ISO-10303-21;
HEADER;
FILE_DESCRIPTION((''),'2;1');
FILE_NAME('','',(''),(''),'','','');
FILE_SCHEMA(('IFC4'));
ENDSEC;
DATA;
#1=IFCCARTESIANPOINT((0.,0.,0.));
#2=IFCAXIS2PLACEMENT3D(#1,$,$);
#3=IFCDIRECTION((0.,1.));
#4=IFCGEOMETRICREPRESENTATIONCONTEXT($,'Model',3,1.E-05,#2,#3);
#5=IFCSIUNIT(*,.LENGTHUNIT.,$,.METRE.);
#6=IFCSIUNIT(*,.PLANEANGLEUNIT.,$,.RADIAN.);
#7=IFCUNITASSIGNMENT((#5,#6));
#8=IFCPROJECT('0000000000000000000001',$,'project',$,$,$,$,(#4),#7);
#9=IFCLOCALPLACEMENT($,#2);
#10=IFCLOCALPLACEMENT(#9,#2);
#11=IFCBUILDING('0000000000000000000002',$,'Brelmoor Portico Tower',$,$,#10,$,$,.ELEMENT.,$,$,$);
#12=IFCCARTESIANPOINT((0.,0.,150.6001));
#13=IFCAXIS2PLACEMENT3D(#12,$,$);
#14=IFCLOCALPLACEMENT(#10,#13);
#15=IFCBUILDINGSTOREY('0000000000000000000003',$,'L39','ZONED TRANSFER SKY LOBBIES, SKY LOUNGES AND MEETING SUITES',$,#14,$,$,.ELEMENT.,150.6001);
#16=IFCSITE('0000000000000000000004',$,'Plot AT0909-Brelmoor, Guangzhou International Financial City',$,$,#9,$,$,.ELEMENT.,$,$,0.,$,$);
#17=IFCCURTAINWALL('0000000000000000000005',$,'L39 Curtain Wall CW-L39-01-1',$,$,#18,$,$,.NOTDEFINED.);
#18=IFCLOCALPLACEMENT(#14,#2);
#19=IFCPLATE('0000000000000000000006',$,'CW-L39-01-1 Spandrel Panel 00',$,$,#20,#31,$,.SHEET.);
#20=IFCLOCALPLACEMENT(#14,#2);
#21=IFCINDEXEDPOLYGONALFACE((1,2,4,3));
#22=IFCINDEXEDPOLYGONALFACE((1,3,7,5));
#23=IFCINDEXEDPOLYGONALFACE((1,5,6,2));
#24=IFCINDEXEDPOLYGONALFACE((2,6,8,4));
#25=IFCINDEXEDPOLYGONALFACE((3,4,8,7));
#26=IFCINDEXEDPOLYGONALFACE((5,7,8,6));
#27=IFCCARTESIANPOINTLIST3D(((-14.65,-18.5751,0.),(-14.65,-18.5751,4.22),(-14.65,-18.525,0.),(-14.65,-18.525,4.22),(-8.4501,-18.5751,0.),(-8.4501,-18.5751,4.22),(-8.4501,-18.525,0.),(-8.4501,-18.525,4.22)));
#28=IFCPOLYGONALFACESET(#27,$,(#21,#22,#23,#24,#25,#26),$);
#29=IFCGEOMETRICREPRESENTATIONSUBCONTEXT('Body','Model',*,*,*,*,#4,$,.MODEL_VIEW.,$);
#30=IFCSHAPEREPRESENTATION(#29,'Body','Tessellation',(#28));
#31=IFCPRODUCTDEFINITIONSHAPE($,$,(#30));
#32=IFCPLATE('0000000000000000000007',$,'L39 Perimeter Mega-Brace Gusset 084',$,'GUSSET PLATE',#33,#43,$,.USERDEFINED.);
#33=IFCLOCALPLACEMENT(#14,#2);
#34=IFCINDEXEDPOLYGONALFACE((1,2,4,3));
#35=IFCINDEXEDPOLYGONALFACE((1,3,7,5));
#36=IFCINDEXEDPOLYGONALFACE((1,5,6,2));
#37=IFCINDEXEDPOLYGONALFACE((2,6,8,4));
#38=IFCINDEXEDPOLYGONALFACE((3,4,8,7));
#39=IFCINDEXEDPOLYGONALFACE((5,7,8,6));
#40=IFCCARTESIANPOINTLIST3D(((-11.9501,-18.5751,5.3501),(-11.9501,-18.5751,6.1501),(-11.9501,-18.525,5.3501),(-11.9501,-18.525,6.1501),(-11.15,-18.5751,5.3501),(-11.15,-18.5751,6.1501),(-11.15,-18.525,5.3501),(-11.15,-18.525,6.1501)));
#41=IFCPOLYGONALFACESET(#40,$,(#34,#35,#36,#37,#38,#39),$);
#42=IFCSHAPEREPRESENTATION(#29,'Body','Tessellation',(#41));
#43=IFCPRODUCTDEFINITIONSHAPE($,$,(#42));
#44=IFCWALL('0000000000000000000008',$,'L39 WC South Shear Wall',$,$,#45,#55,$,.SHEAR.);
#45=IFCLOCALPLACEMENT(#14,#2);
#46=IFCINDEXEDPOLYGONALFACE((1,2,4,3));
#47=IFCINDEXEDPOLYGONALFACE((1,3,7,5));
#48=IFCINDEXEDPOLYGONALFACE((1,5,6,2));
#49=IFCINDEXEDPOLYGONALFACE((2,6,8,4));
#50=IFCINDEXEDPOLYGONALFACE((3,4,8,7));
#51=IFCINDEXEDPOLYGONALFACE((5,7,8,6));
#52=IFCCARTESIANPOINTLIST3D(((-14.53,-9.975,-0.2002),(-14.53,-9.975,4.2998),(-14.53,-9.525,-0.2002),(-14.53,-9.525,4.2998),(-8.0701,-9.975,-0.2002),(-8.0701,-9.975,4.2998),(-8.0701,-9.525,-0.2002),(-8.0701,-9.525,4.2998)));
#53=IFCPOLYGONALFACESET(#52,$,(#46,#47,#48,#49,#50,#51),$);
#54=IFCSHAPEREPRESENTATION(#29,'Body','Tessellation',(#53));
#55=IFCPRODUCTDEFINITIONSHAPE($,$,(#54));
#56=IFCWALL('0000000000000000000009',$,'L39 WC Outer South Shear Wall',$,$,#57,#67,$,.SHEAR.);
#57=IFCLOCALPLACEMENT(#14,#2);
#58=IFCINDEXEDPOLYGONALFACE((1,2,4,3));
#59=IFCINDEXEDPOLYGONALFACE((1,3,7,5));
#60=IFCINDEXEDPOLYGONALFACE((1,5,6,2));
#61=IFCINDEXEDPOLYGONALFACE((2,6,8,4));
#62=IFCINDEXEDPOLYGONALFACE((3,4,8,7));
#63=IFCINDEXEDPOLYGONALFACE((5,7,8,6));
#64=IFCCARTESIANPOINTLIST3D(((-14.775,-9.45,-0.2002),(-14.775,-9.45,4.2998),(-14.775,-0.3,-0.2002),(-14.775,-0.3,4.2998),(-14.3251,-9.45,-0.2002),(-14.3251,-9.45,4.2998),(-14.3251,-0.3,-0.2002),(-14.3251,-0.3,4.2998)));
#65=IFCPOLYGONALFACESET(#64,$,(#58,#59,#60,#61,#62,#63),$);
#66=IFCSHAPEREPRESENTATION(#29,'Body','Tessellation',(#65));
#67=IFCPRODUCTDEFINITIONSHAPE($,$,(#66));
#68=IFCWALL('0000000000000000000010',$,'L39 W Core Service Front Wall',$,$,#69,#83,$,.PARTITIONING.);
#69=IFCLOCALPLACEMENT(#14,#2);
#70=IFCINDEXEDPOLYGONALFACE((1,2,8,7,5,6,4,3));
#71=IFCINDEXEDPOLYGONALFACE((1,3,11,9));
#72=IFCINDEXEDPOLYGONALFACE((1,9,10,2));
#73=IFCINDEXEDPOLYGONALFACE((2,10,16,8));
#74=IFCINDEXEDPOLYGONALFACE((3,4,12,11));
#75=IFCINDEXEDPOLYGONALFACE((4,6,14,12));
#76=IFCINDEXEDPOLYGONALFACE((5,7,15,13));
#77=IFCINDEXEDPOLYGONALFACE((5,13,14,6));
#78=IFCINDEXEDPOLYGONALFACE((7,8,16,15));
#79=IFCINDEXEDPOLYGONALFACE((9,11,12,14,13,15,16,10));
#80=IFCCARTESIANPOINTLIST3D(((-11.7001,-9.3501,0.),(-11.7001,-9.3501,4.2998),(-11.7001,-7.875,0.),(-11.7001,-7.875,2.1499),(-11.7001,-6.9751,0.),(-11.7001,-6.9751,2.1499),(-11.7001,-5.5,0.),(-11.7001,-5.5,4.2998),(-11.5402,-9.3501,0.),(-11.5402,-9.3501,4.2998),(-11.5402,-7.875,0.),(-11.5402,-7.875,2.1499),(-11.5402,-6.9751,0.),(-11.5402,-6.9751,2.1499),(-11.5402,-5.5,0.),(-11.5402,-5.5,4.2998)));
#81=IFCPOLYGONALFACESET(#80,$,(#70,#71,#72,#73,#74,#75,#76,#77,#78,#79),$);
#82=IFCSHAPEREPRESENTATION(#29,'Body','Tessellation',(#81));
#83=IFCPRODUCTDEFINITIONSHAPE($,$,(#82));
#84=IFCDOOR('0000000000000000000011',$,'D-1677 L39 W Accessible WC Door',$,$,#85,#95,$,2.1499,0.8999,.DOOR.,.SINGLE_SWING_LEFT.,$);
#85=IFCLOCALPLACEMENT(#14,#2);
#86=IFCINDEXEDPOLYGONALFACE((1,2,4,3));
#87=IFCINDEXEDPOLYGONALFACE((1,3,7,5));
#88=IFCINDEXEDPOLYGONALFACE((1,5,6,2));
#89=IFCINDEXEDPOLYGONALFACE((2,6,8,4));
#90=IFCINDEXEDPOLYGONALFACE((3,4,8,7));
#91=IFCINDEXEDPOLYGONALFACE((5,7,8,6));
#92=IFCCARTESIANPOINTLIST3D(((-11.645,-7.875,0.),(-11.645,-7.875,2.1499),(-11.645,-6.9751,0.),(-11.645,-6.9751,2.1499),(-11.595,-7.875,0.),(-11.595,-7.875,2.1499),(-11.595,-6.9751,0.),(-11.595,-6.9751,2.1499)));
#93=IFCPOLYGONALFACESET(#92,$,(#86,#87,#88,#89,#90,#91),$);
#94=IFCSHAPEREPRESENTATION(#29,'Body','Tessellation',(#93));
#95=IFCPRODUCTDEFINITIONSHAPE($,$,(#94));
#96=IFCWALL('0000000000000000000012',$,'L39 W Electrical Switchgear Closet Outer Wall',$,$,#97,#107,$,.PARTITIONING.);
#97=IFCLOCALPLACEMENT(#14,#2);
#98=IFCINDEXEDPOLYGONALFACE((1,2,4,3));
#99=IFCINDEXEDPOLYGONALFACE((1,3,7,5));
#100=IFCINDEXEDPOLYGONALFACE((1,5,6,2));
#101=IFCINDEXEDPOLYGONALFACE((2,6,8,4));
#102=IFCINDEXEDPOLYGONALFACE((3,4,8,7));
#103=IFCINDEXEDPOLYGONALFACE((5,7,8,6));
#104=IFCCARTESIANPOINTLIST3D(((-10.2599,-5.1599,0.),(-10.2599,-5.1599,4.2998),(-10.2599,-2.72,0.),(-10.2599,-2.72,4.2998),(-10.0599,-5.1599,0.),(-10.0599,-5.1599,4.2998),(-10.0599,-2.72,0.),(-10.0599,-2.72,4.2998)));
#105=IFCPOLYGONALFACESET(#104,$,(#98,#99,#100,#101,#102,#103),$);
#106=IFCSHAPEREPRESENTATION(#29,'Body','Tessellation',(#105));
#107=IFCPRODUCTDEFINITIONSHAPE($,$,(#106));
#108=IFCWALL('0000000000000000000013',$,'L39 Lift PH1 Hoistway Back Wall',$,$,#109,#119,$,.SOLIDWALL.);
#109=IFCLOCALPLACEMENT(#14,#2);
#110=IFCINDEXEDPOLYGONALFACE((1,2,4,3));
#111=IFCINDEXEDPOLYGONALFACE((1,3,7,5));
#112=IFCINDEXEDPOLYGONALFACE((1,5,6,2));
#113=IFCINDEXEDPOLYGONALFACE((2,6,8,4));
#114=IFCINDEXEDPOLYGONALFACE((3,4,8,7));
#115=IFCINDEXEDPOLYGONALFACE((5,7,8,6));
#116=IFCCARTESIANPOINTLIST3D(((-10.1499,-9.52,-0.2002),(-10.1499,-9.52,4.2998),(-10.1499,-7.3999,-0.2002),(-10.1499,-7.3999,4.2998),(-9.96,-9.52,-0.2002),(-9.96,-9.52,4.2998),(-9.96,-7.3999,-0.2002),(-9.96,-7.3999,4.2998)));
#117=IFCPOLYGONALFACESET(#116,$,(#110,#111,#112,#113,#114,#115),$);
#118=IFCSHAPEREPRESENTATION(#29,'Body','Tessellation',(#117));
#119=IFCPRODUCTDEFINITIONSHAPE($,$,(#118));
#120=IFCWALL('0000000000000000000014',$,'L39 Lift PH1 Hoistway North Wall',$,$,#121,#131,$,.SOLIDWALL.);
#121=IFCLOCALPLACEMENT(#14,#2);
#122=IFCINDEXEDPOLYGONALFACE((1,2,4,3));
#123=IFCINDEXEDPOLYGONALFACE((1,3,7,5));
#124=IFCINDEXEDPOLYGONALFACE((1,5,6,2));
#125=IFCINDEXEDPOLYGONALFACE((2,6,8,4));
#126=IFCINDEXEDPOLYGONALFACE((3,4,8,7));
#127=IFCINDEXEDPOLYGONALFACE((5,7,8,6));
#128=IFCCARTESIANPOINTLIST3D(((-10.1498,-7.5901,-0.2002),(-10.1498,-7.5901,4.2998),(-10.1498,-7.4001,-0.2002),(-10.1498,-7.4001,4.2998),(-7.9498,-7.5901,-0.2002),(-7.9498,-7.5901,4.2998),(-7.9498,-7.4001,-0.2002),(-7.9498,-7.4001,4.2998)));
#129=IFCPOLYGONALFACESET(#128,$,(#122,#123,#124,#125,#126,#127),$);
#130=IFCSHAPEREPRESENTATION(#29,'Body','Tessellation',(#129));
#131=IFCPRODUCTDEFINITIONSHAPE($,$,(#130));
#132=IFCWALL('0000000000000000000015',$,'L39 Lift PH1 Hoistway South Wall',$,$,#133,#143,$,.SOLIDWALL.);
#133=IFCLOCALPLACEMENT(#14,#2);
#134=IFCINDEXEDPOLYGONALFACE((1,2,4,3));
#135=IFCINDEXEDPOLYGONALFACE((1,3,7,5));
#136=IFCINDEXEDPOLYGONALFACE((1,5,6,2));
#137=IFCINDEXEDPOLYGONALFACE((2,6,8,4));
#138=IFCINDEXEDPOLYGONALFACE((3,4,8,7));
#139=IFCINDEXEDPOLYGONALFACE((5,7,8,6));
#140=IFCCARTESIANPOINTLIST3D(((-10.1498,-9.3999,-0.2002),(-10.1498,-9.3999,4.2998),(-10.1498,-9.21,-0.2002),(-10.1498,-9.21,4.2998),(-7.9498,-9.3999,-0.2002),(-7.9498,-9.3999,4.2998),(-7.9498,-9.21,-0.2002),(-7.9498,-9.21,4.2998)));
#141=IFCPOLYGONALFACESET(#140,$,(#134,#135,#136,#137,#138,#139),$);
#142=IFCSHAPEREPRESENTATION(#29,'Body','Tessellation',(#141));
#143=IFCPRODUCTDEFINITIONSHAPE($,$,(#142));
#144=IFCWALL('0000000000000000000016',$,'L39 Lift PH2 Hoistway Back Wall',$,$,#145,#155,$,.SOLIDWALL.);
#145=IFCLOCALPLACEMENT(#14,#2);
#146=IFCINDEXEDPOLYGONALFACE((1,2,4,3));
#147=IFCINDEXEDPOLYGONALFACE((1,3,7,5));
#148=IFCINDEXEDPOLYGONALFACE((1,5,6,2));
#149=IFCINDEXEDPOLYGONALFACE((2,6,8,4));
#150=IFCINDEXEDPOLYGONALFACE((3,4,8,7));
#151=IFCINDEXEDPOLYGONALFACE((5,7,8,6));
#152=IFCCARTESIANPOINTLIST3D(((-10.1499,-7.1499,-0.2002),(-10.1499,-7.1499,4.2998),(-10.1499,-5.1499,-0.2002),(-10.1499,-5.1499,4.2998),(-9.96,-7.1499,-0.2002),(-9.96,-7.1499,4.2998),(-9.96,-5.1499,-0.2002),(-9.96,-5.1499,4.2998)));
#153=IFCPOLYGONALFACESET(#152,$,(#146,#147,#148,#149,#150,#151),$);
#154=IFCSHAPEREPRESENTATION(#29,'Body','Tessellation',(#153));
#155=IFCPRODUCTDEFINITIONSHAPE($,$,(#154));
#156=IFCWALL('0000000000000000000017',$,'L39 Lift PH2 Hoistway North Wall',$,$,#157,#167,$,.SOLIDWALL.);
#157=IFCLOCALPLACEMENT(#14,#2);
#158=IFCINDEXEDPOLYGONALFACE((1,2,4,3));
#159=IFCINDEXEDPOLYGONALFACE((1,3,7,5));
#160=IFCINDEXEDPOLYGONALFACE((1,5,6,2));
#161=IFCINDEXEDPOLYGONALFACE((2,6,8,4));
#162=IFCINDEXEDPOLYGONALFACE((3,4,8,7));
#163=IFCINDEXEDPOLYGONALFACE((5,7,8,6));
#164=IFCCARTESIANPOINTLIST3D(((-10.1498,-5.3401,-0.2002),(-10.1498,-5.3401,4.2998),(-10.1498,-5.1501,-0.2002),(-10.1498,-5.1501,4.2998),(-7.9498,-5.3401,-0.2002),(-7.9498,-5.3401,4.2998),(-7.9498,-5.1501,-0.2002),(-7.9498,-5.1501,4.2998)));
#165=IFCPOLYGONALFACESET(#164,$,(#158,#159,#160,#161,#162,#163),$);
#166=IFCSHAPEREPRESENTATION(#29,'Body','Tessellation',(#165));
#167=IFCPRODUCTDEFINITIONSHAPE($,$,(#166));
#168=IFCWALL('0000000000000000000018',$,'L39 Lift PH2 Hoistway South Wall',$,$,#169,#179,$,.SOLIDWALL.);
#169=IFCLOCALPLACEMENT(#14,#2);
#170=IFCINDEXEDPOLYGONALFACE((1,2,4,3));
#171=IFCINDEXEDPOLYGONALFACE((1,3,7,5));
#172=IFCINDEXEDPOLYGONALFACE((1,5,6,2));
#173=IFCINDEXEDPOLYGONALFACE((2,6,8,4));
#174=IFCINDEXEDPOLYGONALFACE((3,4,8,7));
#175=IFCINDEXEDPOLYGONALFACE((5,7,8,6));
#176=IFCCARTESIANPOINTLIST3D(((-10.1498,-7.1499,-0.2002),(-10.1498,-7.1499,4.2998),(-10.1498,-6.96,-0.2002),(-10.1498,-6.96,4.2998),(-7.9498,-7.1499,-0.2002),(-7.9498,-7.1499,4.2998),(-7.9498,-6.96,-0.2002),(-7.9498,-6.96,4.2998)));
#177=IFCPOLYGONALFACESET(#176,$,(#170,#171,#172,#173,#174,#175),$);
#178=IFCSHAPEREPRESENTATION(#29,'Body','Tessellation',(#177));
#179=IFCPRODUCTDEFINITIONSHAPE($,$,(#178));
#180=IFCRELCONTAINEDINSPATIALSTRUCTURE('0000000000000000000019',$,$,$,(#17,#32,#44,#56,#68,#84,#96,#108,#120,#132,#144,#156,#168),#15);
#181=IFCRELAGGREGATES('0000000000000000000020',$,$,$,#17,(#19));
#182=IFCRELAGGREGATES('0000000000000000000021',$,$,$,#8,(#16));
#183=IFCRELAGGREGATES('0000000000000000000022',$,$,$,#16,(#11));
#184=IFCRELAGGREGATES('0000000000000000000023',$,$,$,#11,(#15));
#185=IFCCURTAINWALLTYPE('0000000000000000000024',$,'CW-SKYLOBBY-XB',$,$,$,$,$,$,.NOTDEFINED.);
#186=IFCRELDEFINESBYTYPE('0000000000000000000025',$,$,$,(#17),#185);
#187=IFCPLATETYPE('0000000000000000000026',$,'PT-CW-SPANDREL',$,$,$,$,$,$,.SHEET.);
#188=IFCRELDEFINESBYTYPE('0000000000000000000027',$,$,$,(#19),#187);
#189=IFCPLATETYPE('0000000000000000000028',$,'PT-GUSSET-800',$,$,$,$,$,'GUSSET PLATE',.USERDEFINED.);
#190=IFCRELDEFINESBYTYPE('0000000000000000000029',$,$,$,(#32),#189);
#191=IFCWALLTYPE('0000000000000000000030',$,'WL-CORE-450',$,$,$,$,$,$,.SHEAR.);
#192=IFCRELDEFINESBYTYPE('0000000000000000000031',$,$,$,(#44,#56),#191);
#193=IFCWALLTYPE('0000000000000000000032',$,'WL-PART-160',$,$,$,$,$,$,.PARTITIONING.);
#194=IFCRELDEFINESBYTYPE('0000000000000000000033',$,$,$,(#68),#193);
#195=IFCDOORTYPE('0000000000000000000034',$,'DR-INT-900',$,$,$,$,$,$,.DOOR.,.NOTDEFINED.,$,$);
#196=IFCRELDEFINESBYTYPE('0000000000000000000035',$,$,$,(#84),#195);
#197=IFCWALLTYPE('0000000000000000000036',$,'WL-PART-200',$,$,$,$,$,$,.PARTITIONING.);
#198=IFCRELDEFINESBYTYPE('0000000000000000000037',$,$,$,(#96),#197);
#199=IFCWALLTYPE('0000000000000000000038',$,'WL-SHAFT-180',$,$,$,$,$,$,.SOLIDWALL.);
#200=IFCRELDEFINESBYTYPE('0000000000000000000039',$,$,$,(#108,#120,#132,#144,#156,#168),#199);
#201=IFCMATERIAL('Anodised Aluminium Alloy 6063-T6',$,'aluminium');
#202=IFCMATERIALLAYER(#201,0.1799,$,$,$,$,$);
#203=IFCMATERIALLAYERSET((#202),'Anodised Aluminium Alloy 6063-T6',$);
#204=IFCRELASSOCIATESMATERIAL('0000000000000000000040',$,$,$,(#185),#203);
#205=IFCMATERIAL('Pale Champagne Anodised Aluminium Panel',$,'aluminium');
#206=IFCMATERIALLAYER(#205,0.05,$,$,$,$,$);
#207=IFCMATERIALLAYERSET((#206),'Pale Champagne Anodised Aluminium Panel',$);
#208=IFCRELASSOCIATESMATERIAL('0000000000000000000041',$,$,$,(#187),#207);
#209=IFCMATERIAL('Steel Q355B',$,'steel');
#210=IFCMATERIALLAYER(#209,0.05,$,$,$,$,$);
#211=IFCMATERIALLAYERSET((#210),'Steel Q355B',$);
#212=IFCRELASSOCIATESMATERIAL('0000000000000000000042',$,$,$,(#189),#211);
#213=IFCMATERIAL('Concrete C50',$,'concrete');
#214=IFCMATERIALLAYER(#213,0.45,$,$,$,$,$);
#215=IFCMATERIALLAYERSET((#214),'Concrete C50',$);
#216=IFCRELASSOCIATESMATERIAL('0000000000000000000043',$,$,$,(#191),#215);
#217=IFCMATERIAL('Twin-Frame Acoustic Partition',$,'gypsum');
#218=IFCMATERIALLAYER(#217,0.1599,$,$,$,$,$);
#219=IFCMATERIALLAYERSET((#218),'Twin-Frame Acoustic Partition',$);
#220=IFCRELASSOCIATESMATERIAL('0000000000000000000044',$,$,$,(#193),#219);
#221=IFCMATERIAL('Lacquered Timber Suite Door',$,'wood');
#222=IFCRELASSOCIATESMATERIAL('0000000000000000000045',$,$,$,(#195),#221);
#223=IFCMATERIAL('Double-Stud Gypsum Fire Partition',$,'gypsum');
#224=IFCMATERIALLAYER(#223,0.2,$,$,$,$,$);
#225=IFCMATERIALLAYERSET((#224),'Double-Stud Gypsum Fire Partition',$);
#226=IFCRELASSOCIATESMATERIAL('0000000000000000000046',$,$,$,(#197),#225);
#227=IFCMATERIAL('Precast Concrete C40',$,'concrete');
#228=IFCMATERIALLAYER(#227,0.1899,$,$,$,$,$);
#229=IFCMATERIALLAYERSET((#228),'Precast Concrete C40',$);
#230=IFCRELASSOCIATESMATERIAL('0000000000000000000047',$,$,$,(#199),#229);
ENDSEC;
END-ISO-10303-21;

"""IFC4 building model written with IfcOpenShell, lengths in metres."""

from ifc_helpers import new_model, si_unit, direction, frame, frame_2d, origin, origin_2d, place, context, subcontext, project, spatial, rectangle, extrude, material, layer, layer_set, type_object, element, fill, aggregate, save


model = new_model("IFC4")

# Units and contexts
model_context = context("Model", 3, precision=1e-05, world=origin(), true_north=direction((0.0, 1.0)))
body_context = subcontext(model_context, "Body", "Model", "MODEL_VIEW")
ifc_project = project(units=[si_unit("LENGTHUNIT", "METRE"), si_unit("PLANEANGLEUNIT", "RADIAN")], contexts=[model_context])

# Site, building, storey
site_placement = place(None, origin())
site = spatial("IfcSite", under=ifc_project, at=site_placement, Name="Plot AT0909-Brelmoor, Guangzhou International Financial City", CompositionType="ELEMENT", RefElevation=0.0)
building_placement = place(site_placement, origin())
building = spatial("IfcBuilding", under=site, at=building_placement, Name="Brelmoor Portico Tower", CompositionType="ELEMENT")
storey_placement = place(building_placement, frame((0.0, 0.0, 150.6001)))
storey = spatial("IfcBuildingStorey", under=building, at=storey_placement, Name="L39", Description="ZONED TRANSFER SKY LOBBIES, SKY LOUNGES AND MEETING SUITES", CompositionType="ELEMENT", Elevation=150.6001)

# Shared definitions
ifc_material_1 = material(Name="Steel Q355B", Category="steel")

# Curtain wall, plate
ifc_material_2 = material(Name="Anodised Aluminium Alloy 6063-T6", Category="aluminium")
ifc_layer_1 = layer(ifc_material_2, 0.1799)
ifc_layer_set_1 = layer_set([ifc_layer_1], Name="Anodised Aluminium Alloy 6063-T6")
curtain_wall_type = type_object("IfcCurtainWallType", Name="CW-SKYLOBBY-XB", PredefinedType="NOTDEFINED", material=ifc_layer_set_1)
curtain_wall_placement = place(storey_placement, origin())
curtain_wall = element("IfcCurtainWall", 1, at=curtain_wall_placement, inside=storey, type_object=curtain_wall_type, Name="L39 Curtain Wall CW-L39-01-1", PredefinedType="NOTDEFINED")
ifc_material_3 = material(Name="Pale Champagne Anodised Aluminium Panel", Category="aluminium")
ifc_layer_2 = layer(ifc_material_3, 0.05)
ifc_layer_set_2 = layer_set([ifc_layer_2], Name="Pale Champagne Anodised Aluminium Panel")
plate_type_1 = type_object("IfcPlateType", Name="PT-CW-SPANDREL", PredefinedType="SHEET", material=ifc_layer_set_2)
plate_1_placement = place(storey_placement, frame((-11.55, -18.55, 0.0), z_axis=(0.0, 0.0, 1.0), x_axis=(1.0, 0.0, 0.0)))
plate_1 = element("IfcPlate", 2, at=plate_1_placement, type_object=plate_type_1, Name="CW-L39-01-1 Spandrel Panel 00", PredefinedType="SHEET", context=body_context, shape_type="SweptSolid", body=[
    extrude(rectangle(XDim=6.2, YDim=0.05, at=origin_2d()), origin(), (0.0, 0.0, 1.0), 4.22),
])
aggregate(curtain_wall, [plate_1])

# Plate
ifc_layer_3 = layer(ifc_material_1, 0.05)
ifc_layer_set_3 = layer_set([ifc_layer_3], Name="Steel Q355B")
plate_type_2 = type_object("IfcPlateType", Name="PT-GUSSET-800", ElementType="GUSSET PLATE", PredefinedType="USERDEFINED", material=ifc_layer_set_3)
plate_2_placement = place(storey_placement, frame((-11.55, -18.55, 5.3501), z_axis=(0.0, 0.0, 1.0), x_axis=(1.0, 0.0, 0.0)))
element("IfcPlate", 3, at=plate_2_placement, inside=storey, type_object=plate_type_2, Name="L39 Perimeter Mega-Brace Gusset 084", ObjectType="GUSSET PLATE", PredefinedType="USERDEFINED", context=body_context, shape_type="SweptSolid", body=[
    extrude(rectangle(XDim=0.8, YDim=0.05, at=origin_2d()), origin(), (0.0, 0.0, 1.0), 0.8),
])

# Walls
ifc_material_4 = material(Name="Concrete C50", Category="concrete")
ifc_layer_4 = layer(ifc_material_4, 0.45)
ifc_layer_set_4 = layer_set([ifc_layer_4], Name="Concrete C50")
wall_type_1 = type_object("IfcWallType", Name="WL-CORE-450", PredefinedType="SHEAR", material=ifc_layer_set_4)
wall_1_placement = place(storey_placement, frame((-14.53, -9.75, -0.2002), z_axis=(0.0, 0.0, 1.0), x_axis=(1.0, 0.0, 0.0)))
element("IfcWall", 4, at=wall_1_placement, inside=storey, type_object=wall_type_1, Name="L39 WC South Shear Wall", PredefinedType="SHEAR", context=body_context, shape_type="SweptSolid", body=[
    extrude(rectangle(XDim=6.46, YDim=0.45, at=frame_2d((3.23, 0.0))), origin(), (0.0, 0.0, 1.0), 4.5),
])
wall_2_placement = place(storey_placement, frame((-14.55, -9.45, -0.2002), z_axis=(0.0, 0.0, 1.0), x_axis=(0.0, 1.0, 0.0)))
element("IfcWall", 5, at=wall_2_placement, inside=storey, type_object=wall_type_1, Name="L39 WC Outer South Shear Wall", PredefinedType="SHEAR", context=body_context, shape_type="SweptSolid", body=[
    extrude(rectangle(XDim=9.1499, YDim=0.45, at=frame_2d((4.575, 0.0))), origin(), (0.0, 0.0, 1.0), 4.5),
])

# Wall, opening, door
ifc_material_5 = material(Name="Twin-Frame Acoustic Partition", Category="gypsum")
ifc_layer_5 = layer(ifc_material_5, 0.1599)
ifc_layer_set_5 = layer_set([ifc_layer_5], Name="Twin-Frame Acoustic Partition")
wall_type_2 = type_object("IfcWallType", Name="WL-PART-160", PredefinedType="PARTITIONING", material=ifc_layer_set_5)
wall_3_placement = place(storey_placement, frame((-11.6201, -9.3501, 0.0), z_axis=(0.0, 0.0, 1.0), x_axis=(0.0, 1.0, 0.0)))
wall_3 = element("IfcWall", 6, at=wall_3_placement, inside=storey, type_object=wall_type_2, Name="L39 W Core Service Front Wall", PredefinedType="PARTITIONING", context=body_context, shape_type="SweptSolid", body=[
    extrude(rectangle(XDim=3.8501, YDim=0.1599, at=frame_2d((1.925, 0.0))), origin(), (0.0, 0.0, 1.0), 4.2998),
])
opening_placement = place(wall_3_placement, frame((1.4751, 0.0, 0.0)))
opening = element("IfcOpeningElement", 7, at=opening_placement, cuts=wall_3, PredefinedType="OPENING", context=body_context, shape_type="SweptSolid", body=[
    extrude(rectangle(XDim=0.8999, YDim=2.1499, at=frame_2d((0.45, 1.075))), frame((0.0, 0.0898, 0.0), z_axis=(0.0, -1.0, 0.0), x_axis=(1.0, 0.0, 0.0)), (0.0, 0.0, 1.0), 0.1799),
])
ifc_material_6 = material(Name="Lacquered Timber Suite Door", Category="wood")
door_type = type_object("IfcDoorType", Name="DR-INT-900", OperationType="NOTDEFINED", PredefinedType="DOOR", material=ifc_material_6)
door_placement = place(opening_placement, origin())
door = element("IfcDoor", 8, at=door_placement, inside=storey, type_object=door_type, Name="D-1677 L39 W Accessible WC Door", OperationType="SINGLE_SWING_LEFT", OverallHeight=2.1499, OverallWidth=0.8999, PredefinedType="DOOR", context=body_context, shape_type="SweptSolid", body=[
    extrude(rectangle(XDim=0.8999, YDim=2.1499, at=frame_2d((0.45, 1.075))), frame((0.0, 0.0249, 0.0), z_axis=(0.0, -1.0, 0.0), x_axis=(1.0, 0.0, 0.0)), (0.0, 0.0, 1.0), 0.05),
])
fill(opening, door)

# Walls
ifc_material_7 = material(Name="Double-Stud Gypsum Fire Partition", Category="gypsum")
ifc_layer_6 = layer(ifc_material_7, 0.2)
ifc_layer_set_6 = layer_set([ifc_layer_6], Name="Double-Stud Gypsum Fire Partition")
wall_type_3 = type_object("IfcWallType", Name="WL-PART-200", PredefinedType="PARTITIONING", material=ifc_layer_set_6)
wall_4_placement = place(storey_placement, frame((-10.1599, -5.1599, 0.0), z_axis=(0.0, 0.0, 1.0), x_axis=(0.0, 1.0, 0.0)))
element("IfcWall", 9, at=wall_4_placement, inside=storey, type_object=wall_type_3, Name="L39 W Electrical Switchgear Closet Outer Wall", PredefinedType="PARTITIONING", context=body_context, shape_type="SweptSolid", body=[
    extrude(rectangle(XDim=2.4399, YDim=0.2, at=frame_2d((1.22, 0.0))), origin(), (0.0, 0.0, 1.0), 4.2998),
])
ifc_material_8 = material(Name="Precast Concrete C40", Category="concrete")
ifc_layer_7 = layer(ifc_material_8, 0.1899)
ifc_layer_set_7 = layer_set([ifc_layer_7], Name="Precast Concrete C40")
wall_type_4 = type_object("IfcWallType", Name="WL-SHAFT-180", PredefinedType="SOLIDWALL", material=ifc_layer_set_7)
wall_5_placement = place(storey_placement, frame((-10.0549, -9.52, -0.2002), z_axis=(0.0, 0.0, 1.0), x_axis=(0.0, 1.0, 0.0)))
element("IfcWall", 10, at=wall_5_placement, inside=storey, type_object=wall_type_4, Name="L39 Lift PH1 Hoistway Back Wall", PredefinedType="SOLIDWALL", context=body_context, shape_type="SweptSolid", body=[
    extrude(rectangle(XDim=2.1201, YDim=0.1899, at=frame_2d((1.0601, 0.0))), origin(), (0.0, 0.0, 1.0), 4.5),
])
for number, where, z_axis, x_axis, name in (
    (11, (-10.1499, -7.4951, -0.2002), (0.0, 0.0, 1.0), (1.0, 0.0, 0.0), "L39 Lift PH1 Hoistway North Wall"),
    (12, (-10.1499, -9.3049, -0.2002), (0.0, 0.0, 1.0), (1.0, 0.0, 0.0), "L39 Lift PH1 Hoistway South Wall"),
):
    element("IfcWall", number, at=place(storey_placement, frame(where, z_axis=z_axis, x_axis=x_axis)), inside=storey, type_object=wall_type_4, Name=name, PredefinedType="SOLIDWALL", context=body_context, shape_type="SweptSolid", body=[
        extrude(rectangle(XDim=2.2, YDim=0.1899, at=frame_2d((1.1001, 0.0))), origin(), (0.0, 0.0, 1.0), 4.5),
    ])
wall_6_placement = place(storey_placement, frame((-10.0549, -7.1499, -0.2002), z_axis=(0.0, 0.0, 1.0), x_axis=(0.0, 1.0, 0.0)))
element("IfcWall", 13, at=wall_6_placement, inside=storey, type_object=wall_type_4, Name="L39 Lift PH2 Hoistway Back Wall", PredefinedType="SOLIDWALL", context=body_context, shape_type="SweptSolid", body=[
    extrude(rectangle(XDim=2.0, YDim=0.1899, at=frame_2d((1.0, 0.0))), origin(), (0.0, 0.0, 1.0), 4.5),
])
for number, where, z_axis, x_axis, name in (
    (14, (-10.1499, -5.2451, -0.2002), (0.0, 0.0, 1.0), (1.0, 0.0, 0.0), "L39 Lift PH2 Hoistway North Wall"),
    (15, (-10.1499, -7.0549, -0.2002), (0.0, 0.0, 1.0), (1.0, 0.0, 0.0), "L39 Lift PH2 Hoistway South Wall"),
):
    element("IfcWall", number, at=place(storey_placement, frame(where, z_axis=z_axis, x_axis=x_axis)), inside=storey, type_object=wall_type_4, Name=name, PredefinedType="SOLIDWALL", context=body_context, shape_type="SweptSolid", body=[
        extrude(rectangle(XDim=2.2, YDim=0.1899, at=frame_2d((1.1001, 0.0))), origin(), (0.0, 0.0, 1.0), 4.5),
    ])

save(model, "model.ifc")
